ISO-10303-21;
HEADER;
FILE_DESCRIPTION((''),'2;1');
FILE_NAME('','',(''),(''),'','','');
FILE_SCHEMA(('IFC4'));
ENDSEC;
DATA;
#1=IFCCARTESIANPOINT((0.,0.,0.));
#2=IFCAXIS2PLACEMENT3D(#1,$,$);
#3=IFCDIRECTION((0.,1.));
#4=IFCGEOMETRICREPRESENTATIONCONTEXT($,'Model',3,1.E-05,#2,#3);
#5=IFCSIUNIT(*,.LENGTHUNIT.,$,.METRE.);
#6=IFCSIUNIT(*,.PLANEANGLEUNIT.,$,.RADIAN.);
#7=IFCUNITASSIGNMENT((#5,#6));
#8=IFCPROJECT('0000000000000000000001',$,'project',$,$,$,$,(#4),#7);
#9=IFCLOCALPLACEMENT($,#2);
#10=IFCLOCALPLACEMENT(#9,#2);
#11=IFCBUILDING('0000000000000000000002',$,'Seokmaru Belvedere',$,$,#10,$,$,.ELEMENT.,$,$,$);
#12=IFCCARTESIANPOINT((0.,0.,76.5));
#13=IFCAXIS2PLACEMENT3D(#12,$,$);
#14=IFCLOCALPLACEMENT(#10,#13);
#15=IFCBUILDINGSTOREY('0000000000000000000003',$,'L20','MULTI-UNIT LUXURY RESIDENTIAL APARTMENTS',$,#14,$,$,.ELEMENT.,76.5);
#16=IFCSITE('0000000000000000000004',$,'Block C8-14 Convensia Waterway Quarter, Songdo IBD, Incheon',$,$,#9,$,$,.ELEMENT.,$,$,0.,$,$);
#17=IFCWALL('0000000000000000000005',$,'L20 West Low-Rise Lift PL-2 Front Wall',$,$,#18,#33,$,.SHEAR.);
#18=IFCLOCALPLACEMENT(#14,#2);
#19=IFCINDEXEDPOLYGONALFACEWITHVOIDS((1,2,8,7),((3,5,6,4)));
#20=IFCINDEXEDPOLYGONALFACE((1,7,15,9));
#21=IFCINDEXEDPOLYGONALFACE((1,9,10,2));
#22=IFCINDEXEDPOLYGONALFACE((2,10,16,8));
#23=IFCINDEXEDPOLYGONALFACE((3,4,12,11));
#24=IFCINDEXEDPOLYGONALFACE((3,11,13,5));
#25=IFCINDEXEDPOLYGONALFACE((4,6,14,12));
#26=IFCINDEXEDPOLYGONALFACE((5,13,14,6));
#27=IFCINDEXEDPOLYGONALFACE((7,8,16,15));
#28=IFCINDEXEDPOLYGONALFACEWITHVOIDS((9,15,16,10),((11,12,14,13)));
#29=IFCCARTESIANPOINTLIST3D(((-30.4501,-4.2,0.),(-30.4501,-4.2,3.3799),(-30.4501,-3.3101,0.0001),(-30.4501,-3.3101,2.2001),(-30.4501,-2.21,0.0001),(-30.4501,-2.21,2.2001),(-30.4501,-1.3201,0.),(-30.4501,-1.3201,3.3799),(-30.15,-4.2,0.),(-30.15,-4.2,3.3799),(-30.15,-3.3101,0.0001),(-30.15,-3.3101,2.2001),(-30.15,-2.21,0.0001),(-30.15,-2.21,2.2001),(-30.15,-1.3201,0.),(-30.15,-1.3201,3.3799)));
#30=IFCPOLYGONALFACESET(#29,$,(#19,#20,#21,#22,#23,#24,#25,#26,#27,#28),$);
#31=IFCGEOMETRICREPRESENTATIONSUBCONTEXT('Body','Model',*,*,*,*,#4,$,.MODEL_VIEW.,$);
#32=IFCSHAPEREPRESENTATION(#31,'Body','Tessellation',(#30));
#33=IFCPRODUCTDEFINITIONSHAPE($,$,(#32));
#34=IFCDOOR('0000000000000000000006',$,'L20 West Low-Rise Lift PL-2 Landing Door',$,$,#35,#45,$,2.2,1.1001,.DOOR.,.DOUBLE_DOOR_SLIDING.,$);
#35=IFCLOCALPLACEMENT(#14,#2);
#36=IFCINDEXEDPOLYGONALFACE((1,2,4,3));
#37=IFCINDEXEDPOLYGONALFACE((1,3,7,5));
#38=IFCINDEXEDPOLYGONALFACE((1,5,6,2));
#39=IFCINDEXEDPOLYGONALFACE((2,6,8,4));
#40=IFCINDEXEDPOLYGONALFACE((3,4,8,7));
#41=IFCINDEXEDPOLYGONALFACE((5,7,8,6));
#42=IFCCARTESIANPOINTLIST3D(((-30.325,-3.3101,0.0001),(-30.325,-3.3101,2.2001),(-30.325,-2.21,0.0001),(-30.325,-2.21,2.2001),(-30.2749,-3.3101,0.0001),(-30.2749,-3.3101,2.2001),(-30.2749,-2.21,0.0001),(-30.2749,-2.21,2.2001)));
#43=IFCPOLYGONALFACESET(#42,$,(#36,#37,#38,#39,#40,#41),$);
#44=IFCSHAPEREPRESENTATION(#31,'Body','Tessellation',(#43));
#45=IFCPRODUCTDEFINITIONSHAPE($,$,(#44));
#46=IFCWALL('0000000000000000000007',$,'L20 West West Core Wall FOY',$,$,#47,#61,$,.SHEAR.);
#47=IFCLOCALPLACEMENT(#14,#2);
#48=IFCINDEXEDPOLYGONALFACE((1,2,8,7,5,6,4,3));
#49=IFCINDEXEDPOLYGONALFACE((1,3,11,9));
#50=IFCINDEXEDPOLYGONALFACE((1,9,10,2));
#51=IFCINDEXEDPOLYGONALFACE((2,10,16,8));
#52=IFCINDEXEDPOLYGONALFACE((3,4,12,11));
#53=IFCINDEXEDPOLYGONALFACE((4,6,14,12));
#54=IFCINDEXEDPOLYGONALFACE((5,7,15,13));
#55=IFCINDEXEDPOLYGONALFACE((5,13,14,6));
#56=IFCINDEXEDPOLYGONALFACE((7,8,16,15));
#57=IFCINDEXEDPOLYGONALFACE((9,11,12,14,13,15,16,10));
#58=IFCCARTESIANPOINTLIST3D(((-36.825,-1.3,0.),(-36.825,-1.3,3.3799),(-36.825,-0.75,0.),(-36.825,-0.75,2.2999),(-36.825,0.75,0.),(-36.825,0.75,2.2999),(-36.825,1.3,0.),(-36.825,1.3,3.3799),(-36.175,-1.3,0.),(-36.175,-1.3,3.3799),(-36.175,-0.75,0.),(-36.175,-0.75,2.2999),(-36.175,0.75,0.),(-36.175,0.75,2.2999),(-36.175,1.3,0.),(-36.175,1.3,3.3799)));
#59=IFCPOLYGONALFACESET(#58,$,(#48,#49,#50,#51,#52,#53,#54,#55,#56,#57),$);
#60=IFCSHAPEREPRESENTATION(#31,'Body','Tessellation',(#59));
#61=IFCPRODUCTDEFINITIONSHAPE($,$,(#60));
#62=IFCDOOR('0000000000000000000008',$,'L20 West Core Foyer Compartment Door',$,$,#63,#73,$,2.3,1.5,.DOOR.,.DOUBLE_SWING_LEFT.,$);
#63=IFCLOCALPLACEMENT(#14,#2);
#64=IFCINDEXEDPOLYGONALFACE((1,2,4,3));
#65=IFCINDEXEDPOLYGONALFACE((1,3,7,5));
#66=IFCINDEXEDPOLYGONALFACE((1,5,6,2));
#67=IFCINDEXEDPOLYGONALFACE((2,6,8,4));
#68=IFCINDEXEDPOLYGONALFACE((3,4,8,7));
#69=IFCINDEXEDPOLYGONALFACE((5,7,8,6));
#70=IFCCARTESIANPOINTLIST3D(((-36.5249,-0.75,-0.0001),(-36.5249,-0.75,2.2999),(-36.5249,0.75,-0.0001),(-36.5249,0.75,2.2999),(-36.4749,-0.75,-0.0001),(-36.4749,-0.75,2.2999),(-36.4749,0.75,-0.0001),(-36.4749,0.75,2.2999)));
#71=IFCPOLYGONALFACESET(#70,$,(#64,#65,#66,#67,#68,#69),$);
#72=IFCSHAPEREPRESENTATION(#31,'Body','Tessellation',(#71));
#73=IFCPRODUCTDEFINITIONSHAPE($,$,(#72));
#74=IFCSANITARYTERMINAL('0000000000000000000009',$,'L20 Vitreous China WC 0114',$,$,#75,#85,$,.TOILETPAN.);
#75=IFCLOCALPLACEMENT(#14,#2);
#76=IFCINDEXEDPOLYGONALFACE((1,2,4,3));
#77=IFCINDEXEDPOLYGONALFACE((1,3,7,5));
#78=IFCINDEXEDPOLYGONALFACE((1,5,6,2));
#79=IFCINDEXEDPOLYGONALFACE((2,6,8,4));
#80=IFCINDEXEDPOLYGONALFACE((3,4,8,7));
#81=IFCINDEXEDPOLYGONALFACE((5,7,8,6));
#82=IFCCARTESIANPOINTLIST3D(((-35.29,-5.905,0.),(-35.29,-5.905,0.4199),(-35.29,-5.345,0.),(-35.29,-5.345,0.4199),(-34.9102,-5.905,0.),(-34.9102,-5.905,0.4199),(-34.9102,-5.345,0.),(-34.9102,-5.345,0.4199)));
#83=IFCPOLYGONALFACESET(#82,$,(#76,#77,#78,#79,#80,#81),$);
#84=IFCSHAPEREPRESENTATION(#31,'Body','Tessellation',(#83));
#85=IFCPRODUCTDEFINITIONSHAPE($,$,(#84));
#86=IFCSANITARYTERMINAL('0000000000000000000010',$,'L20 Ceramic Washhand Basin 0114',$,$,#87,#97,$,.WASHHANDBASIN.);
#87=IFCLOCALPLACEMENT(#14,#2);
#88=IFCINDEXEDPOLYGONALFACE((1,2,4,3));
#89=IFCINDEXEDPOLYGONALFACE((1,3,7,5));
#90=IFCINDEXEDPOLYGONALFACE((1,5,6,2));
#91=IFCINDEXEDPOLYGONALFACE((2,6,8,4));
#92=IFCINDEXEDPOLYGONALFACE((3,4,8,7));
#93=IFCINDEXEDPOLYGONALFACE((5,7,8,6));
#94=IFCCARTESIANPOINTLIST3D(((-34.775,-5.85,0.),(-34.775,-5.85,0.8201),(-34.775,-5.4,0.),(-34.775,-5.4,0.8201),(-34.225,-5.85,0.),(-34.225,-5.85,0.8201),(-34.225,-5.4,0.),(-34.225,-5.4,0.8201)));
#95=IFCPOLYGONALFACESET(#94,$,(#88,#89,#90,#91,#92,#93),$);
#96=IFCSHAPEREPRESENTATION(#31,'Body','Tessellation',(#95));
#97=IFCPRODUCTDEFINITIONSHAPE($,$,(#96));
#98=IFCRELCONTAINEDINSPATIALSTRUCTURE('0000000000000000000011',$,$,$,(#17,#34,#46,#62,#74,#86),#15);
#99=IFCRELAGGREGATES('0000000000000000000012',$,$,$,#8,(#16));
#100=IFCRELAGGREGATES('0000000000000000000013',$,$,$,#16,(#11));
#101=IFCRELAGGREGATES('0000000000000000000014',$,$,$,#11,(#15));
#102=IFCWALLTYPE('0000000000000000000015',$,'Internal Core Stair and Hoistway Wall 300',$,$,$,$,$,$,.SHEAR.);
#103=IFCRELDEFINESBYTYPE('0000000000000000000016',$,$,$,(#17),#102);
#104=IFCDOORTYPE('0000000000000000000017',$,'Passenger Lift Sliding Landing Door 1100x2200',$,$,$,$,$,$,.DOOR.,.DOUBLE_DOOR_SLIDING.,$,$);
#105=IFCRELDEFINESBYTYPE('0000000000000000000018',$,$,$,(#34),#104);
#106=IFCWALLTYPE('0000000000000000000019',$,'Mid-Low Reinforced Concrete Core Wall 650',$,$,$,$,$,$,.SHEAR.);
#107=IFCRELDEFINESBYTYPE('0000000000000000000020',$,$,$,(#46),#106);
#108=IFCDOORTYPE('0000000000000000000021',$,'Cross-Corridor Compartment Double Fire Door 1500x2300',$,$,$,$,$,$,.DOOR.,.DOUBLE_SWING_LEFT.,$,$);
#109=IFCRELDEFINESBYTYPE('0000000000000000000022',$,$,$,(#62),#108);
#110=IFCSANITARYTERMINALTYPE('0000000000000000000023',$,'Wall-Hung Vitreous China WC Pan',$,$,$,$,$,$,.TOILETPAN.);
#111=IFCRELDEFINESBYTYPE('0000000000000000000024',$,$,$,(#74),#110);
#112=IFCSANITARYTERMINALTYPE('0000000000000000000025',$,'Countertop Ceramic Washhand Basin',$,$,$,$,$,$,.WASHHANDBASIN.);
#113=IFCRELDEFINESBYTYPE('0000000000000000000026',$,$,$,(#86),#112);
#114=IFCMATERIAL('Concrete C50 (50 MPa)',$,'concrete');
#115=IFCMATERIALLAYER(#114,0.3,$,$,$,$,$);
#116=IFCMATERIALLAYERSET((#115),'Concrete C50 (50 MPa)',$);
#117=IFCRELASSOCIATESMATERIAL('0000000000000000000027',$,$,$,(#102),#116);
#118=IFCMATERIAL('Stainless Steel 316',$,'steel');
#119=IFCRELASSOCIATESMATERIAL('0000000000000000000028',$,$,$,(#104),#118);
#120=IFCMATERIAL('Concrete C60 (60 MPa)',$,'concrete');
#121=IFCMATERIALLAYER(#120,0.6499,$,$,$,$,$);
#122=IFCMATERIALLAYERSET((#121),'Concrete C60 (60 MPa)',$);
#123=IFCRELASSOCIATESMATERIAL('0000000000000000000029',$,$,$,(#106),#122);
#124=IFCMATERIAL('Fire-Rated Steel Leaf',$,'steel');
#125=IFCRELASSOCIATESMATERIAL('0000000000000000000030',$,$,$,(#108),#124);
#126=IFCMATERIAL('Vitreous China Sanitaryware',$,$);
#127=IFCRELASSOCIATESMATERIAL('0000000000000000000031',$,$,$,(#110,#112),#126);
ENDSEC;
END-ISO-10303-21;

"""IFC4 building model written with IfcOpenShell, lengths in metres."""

from ifc_helpers import new_model, si_unit, direction, frame, frame_2d, origin, origin_2d, place, context, subcontext, project, spatial, rectangle, extrude, source, transform, mapped, material, layer, layer_set, type_object, type_shapes, element, fill, save


model = new_model("IFC4")

# Units and contexts
model_context = context("Model", 3, precision=1e-05, world=origin(), true_north=direction((0.0, 1.0)))
body_context = subcontext(model_context, "Body", "Model", "MODEL_VIEW")
ifc_project = project(units=[si_unit("LENGTHUNIT", "METRE"), si_unit("PLANEANGLEUNIT", "RADIAN")], contexts=[model_context])

# Site, building, storey
site_placement = place(None, origin())
site = spatial("IfcSite", under=ifc_project, at=site_placement, Name="Block C8-14 Convensia Waterway Quarter, Songdo IBD, Incheon", CompositionType="ELEMENT", RefElevation=0.0)
building_placement = place(site_placement, origin())
building = spatial("IfcBuilding", under=site, at=building_placement, Name="Seokmaru Belvedere", CompositionType="ELEMENT")
storey_placement = place(building_placement, frame((0.0, 0.0, 76.5)))
storey = spatial("IfcBuildingStorey", under=building, at=storey_placement, Name="L20", Description="MULTI-UNIT LUXURY RESIDENTIAL APARTMENTS", CompositionType="ELEMENT", Elevation=76.5)

# Shared definitions
ifc_material_1 = material(Name="Concrete C50 (50 MPa)", Category="concrete")

# Walls, openings, doors
ifc_layer_1 = layer(ifc_material_1, 0.3)
ifc_layer_set_1 = layer_set([ifc_layer_1], Name="Concrete C50 (50 MPa)")
wall_type_1 = type_object("IfcWallType", Name="Internal Core Stair and Hoistway Wall 300", PredefinedType="SHEAR", material=ifc_layer_set_1)
ifc_material_2 = material(Name="Stainless Steel 316", Category="steel")
door_type_1 = type_object("IfcDoorType", Name="Passenger Lift Sliding Landing Door 1100x2200", OperationType="DOUBLE_DOOR_SLIDING", PredefinedType="DOOR", material=ifc_material_2)
shared_shape_1 = source(origin(), body_context, "Body", "SweptSolid", [
    extrude(rectangle(XDim=1.1001, YDim=2.2, at=frame_2d((0.55, 1.1001))), frame((0.0, 0.0249, 0.0), z_axis=(0.0, -1.0, 0.0), x_axis=(1.0, 0.0, 0.0)), (0.0, 0.0, 1.0), 0.05),
])
type_shapes(door_type_1, [shared_shape_1])
wall_1_placement = place(storey_placement, frame((-30.3, -4.2, 0.0), z_axis=(0.0, 0.0, 1.0), x_axis=(0.0, 1.0, 0.0)))
wall_1 = element("IfcWall", 1, at=wall_1_placement, inside=storey, type_object=wall_type_1, Name="L20 West Low-Rise Lift PL-2 Front Wall", PredefinedType="SHEAR", context=body_context, shape_type="SweptSolid", body=[
    extrude(rectangle(XDim=2.8799, YDim=0.3, at=frame_2d((1.4399, 0.0))), origin(), (0.0, 0.0, 1.0), 3.3799),
])
opening_1_placement = place(wall_1_placement, frame((0.8899, 0.0, 0.0)))
opening_1 = element("IfcOpeningElement", 2, at=opening_1_placement, cuts=wall_1, PredefinedType="OPENING", context=body_context, shape_type="SweptSolid", body=[
    extrude(rectangle(XDim=1.1001, YDim=2.2, at=frame_2d((0.55, 1.1001))), frame((0.0, 0.1602, 0.0), z_axis=(0.0, -1.0, 0.0), x_axis=(1.0, 0.0, 0.0)), (0.0, 0.0, 1.0), 0.3201),
])
door_1_placement = place(opening_1_placement, origin())
door_1 = element("IfcDoor", 3, at=door_1_placement, inside=storey, type_object=door_type_1, Name="L20 West Low-Rise Lift PL-2 Landing Door", OperationType="DOUBLE_DOOR_SLIDING", OverallHeight=2.2, OverallWidth=1.1001, PredefinedType="DOOR", context=body_context, shape_type="MappedRepresentation", body=[
    mapped(shared_shape_1, transform((0.0, 0.0, 0.0), scale=1.0)),
])
fill(opening_1, door_1)
ifc_material_3 = material(Name="Concrete C60 (60 MPa)", Category="concrete")
ifc_layer_2 = layer(ifc_material_3, 0.6499)
ifc_layer_set_2 = layer_set([ifc_layer_2], Name="Concrete C60 (60 MPa)")
wall_type_2 = type_object("IfcWallType", Name="Mid-Low Reinforced Concrete Core Wall 650", PredefinedType="SHEAR", material=ifc_layer_set_2)
wall_2_placement = place(storey_placement, frame((-36.5, -1.3, 0.0), z_axis=(0.0, 0.0, 1.0), x_axis=(0.0, 1.0, 0.0)))
wall_2 = element("IfcWall", 4, at=wall_2_placement, inside=storey, type_object=wall_type_2, Name="L20 West West Core Wall FOY", PredefinedType="SHEAR", context=body_context, shape_type="SweptSolid", body=[
    extrude(rectangle(XDim=2.6001, YDim=0.6499, at=frame_2d((1.3, 0.0))), origin(), (0.0, 0.0, 1.0), 3.3799),
])
opening_2_placement = place(wall_2_placement, frame((0.55, 0.0, 0.0)))
opening_2 = element("IfcOpeningElement", 5, at=opening_2_placement, cuts=wall_2, PredefinedType="OPENING", context=body_context, shape_type="SweptSolid", body=[
    extrude(rectangle(XDim=1.5, YDim=2.3, at=frame_2d((0.75, 1.1499))), frame((0.0, 0.335, 0.0), z_axis=(0.0, -1.0, 0.0), x_axis=(1.0, 0.0, 0.0)), (0.0, 0.0, 1.0), 0.6699),
])
ifc_material_4 = material(Name="Fire-Rated Steel Leaf", Category="steel")
door_type_2 = type_object("IfcDoorType", Name="Cross-Corridor Compartment Double Fire Door 1500x2300", OperationType="DOUBLE_SWING_LEFT", PredefinedType="DOOR", material=ifc_material_4)
shared_shape_2 = source(origin(), body_context, "Body", "SweptSolid", [
    extrude(rectangle(XDim=1.5, YDim=2.3, at=frame_2d((0.75, 1.1499))), frame((0.0, 0.0249, 0.0), z_axis=(0.0, -1.0, 0.0), x_axis=(1.0, 0.0, 0.0)), (0.0, 0.0, 1.0), 0.05),
])
type_shapes(door_type_2, [shared_shape_2])
door_2_placement = place(opening_2_placement, origin())
door_2 = element("IfcDoor", 6, at=door_2_placement, inside=storey, type_object=door_type_2, Name="L20 West Core Foyer Compartment Door", OperationType="DOUBLE_SWING_LEFT", OverallHeight=2.3, OverallWidth=1.5, PredefinedType="DOOR", context=body_context, shape_type="MappedRepresentation", body=[
    mapped(shared_shape_2, transform((0.0, 0.0, 0.0), scale=1.0)),
])
fill(opening_2, door_2)

# Sanitary terminals
ifc_material_5 = material(Name="Vitreous China Sanitaryware")
sanitary_terminal_type_1 = type_object("IfcSanitaryTerminalType", Name="Wall-Hung Vitreous China WC Pan", PredefinedType="TOILETPAN", material=ifc_material_5)
shared_shape_3 = source(origin(), body_context, "Body", "SweptSolid", [
    extrude(rectangle(XDim=0.3799, YDim=0.5601, at=origin_2d()), origin(), (0.0, 0.0, 1.0), 0.4199),
])
type_shapes(sanitary_terminal_type_1, [shared_shape_3])
sanitary_terminal_1_placement = place(storey_placement, frame((-35.1001, -5.625, 0.0), z_axis=(0.0, 0.0, 1.0), x_axis=(1.0, 0.0, 0.0)))
element("IfcSanitaryTerminal", 7, at=sanitary_terminal_1_placement, inside=storey, type_object=sanitary_terminal_type_1, Name="L20 Vitreous China WC 0114", PredefinedType="TOILETPAN", context=body_context, shape_type="MappedRepresentation", body=[
    mapped(shared_shape_3, transform((0.0, 0.0, 0.0), scale=1.0)),
])
sanitary_terminal_type_2 = type_object("IfcSanitaryTerminalType", Name="Countertop Ceramic Washhand Basin", PredefinedType="WASHHANDBASIN", material=ifc_material_5)
shared_shape_4 = source(origin(), body_context, "Body", "SweptSolid", [
    extrude(rectangle(XDim=0.55, YDim=0.45, at=origin_2d()), origin(), (0.0, 0.0, 1.0), 0.8201),
])
type_shapes(sanitary_terminal_type_2, [shared_shape_4])
sanitary_terminal_2_placement = place(storey_placement, frame((-34.5, -5.625, 0.0), z_axis=(0.0, 0.0, 1.0), x_axis=(1.0, 0.0, 0.0)))
element("IfcSanitaryTerminal", 8, at=sanitary_terminal_2_placement, inside=storey, type_object=sanitary_terminal_type_2, Name="L20 Ceramic Washhand Basin 0114", PredefinedType="WASHHANDBASIN", context=body_context, shape_type="MappedRepresentation", body=[
    mapped(shared_shape_4, transform((0.0, 0.0, 0.0), scale=1.0)),
])

save(model, "model.ifc")
